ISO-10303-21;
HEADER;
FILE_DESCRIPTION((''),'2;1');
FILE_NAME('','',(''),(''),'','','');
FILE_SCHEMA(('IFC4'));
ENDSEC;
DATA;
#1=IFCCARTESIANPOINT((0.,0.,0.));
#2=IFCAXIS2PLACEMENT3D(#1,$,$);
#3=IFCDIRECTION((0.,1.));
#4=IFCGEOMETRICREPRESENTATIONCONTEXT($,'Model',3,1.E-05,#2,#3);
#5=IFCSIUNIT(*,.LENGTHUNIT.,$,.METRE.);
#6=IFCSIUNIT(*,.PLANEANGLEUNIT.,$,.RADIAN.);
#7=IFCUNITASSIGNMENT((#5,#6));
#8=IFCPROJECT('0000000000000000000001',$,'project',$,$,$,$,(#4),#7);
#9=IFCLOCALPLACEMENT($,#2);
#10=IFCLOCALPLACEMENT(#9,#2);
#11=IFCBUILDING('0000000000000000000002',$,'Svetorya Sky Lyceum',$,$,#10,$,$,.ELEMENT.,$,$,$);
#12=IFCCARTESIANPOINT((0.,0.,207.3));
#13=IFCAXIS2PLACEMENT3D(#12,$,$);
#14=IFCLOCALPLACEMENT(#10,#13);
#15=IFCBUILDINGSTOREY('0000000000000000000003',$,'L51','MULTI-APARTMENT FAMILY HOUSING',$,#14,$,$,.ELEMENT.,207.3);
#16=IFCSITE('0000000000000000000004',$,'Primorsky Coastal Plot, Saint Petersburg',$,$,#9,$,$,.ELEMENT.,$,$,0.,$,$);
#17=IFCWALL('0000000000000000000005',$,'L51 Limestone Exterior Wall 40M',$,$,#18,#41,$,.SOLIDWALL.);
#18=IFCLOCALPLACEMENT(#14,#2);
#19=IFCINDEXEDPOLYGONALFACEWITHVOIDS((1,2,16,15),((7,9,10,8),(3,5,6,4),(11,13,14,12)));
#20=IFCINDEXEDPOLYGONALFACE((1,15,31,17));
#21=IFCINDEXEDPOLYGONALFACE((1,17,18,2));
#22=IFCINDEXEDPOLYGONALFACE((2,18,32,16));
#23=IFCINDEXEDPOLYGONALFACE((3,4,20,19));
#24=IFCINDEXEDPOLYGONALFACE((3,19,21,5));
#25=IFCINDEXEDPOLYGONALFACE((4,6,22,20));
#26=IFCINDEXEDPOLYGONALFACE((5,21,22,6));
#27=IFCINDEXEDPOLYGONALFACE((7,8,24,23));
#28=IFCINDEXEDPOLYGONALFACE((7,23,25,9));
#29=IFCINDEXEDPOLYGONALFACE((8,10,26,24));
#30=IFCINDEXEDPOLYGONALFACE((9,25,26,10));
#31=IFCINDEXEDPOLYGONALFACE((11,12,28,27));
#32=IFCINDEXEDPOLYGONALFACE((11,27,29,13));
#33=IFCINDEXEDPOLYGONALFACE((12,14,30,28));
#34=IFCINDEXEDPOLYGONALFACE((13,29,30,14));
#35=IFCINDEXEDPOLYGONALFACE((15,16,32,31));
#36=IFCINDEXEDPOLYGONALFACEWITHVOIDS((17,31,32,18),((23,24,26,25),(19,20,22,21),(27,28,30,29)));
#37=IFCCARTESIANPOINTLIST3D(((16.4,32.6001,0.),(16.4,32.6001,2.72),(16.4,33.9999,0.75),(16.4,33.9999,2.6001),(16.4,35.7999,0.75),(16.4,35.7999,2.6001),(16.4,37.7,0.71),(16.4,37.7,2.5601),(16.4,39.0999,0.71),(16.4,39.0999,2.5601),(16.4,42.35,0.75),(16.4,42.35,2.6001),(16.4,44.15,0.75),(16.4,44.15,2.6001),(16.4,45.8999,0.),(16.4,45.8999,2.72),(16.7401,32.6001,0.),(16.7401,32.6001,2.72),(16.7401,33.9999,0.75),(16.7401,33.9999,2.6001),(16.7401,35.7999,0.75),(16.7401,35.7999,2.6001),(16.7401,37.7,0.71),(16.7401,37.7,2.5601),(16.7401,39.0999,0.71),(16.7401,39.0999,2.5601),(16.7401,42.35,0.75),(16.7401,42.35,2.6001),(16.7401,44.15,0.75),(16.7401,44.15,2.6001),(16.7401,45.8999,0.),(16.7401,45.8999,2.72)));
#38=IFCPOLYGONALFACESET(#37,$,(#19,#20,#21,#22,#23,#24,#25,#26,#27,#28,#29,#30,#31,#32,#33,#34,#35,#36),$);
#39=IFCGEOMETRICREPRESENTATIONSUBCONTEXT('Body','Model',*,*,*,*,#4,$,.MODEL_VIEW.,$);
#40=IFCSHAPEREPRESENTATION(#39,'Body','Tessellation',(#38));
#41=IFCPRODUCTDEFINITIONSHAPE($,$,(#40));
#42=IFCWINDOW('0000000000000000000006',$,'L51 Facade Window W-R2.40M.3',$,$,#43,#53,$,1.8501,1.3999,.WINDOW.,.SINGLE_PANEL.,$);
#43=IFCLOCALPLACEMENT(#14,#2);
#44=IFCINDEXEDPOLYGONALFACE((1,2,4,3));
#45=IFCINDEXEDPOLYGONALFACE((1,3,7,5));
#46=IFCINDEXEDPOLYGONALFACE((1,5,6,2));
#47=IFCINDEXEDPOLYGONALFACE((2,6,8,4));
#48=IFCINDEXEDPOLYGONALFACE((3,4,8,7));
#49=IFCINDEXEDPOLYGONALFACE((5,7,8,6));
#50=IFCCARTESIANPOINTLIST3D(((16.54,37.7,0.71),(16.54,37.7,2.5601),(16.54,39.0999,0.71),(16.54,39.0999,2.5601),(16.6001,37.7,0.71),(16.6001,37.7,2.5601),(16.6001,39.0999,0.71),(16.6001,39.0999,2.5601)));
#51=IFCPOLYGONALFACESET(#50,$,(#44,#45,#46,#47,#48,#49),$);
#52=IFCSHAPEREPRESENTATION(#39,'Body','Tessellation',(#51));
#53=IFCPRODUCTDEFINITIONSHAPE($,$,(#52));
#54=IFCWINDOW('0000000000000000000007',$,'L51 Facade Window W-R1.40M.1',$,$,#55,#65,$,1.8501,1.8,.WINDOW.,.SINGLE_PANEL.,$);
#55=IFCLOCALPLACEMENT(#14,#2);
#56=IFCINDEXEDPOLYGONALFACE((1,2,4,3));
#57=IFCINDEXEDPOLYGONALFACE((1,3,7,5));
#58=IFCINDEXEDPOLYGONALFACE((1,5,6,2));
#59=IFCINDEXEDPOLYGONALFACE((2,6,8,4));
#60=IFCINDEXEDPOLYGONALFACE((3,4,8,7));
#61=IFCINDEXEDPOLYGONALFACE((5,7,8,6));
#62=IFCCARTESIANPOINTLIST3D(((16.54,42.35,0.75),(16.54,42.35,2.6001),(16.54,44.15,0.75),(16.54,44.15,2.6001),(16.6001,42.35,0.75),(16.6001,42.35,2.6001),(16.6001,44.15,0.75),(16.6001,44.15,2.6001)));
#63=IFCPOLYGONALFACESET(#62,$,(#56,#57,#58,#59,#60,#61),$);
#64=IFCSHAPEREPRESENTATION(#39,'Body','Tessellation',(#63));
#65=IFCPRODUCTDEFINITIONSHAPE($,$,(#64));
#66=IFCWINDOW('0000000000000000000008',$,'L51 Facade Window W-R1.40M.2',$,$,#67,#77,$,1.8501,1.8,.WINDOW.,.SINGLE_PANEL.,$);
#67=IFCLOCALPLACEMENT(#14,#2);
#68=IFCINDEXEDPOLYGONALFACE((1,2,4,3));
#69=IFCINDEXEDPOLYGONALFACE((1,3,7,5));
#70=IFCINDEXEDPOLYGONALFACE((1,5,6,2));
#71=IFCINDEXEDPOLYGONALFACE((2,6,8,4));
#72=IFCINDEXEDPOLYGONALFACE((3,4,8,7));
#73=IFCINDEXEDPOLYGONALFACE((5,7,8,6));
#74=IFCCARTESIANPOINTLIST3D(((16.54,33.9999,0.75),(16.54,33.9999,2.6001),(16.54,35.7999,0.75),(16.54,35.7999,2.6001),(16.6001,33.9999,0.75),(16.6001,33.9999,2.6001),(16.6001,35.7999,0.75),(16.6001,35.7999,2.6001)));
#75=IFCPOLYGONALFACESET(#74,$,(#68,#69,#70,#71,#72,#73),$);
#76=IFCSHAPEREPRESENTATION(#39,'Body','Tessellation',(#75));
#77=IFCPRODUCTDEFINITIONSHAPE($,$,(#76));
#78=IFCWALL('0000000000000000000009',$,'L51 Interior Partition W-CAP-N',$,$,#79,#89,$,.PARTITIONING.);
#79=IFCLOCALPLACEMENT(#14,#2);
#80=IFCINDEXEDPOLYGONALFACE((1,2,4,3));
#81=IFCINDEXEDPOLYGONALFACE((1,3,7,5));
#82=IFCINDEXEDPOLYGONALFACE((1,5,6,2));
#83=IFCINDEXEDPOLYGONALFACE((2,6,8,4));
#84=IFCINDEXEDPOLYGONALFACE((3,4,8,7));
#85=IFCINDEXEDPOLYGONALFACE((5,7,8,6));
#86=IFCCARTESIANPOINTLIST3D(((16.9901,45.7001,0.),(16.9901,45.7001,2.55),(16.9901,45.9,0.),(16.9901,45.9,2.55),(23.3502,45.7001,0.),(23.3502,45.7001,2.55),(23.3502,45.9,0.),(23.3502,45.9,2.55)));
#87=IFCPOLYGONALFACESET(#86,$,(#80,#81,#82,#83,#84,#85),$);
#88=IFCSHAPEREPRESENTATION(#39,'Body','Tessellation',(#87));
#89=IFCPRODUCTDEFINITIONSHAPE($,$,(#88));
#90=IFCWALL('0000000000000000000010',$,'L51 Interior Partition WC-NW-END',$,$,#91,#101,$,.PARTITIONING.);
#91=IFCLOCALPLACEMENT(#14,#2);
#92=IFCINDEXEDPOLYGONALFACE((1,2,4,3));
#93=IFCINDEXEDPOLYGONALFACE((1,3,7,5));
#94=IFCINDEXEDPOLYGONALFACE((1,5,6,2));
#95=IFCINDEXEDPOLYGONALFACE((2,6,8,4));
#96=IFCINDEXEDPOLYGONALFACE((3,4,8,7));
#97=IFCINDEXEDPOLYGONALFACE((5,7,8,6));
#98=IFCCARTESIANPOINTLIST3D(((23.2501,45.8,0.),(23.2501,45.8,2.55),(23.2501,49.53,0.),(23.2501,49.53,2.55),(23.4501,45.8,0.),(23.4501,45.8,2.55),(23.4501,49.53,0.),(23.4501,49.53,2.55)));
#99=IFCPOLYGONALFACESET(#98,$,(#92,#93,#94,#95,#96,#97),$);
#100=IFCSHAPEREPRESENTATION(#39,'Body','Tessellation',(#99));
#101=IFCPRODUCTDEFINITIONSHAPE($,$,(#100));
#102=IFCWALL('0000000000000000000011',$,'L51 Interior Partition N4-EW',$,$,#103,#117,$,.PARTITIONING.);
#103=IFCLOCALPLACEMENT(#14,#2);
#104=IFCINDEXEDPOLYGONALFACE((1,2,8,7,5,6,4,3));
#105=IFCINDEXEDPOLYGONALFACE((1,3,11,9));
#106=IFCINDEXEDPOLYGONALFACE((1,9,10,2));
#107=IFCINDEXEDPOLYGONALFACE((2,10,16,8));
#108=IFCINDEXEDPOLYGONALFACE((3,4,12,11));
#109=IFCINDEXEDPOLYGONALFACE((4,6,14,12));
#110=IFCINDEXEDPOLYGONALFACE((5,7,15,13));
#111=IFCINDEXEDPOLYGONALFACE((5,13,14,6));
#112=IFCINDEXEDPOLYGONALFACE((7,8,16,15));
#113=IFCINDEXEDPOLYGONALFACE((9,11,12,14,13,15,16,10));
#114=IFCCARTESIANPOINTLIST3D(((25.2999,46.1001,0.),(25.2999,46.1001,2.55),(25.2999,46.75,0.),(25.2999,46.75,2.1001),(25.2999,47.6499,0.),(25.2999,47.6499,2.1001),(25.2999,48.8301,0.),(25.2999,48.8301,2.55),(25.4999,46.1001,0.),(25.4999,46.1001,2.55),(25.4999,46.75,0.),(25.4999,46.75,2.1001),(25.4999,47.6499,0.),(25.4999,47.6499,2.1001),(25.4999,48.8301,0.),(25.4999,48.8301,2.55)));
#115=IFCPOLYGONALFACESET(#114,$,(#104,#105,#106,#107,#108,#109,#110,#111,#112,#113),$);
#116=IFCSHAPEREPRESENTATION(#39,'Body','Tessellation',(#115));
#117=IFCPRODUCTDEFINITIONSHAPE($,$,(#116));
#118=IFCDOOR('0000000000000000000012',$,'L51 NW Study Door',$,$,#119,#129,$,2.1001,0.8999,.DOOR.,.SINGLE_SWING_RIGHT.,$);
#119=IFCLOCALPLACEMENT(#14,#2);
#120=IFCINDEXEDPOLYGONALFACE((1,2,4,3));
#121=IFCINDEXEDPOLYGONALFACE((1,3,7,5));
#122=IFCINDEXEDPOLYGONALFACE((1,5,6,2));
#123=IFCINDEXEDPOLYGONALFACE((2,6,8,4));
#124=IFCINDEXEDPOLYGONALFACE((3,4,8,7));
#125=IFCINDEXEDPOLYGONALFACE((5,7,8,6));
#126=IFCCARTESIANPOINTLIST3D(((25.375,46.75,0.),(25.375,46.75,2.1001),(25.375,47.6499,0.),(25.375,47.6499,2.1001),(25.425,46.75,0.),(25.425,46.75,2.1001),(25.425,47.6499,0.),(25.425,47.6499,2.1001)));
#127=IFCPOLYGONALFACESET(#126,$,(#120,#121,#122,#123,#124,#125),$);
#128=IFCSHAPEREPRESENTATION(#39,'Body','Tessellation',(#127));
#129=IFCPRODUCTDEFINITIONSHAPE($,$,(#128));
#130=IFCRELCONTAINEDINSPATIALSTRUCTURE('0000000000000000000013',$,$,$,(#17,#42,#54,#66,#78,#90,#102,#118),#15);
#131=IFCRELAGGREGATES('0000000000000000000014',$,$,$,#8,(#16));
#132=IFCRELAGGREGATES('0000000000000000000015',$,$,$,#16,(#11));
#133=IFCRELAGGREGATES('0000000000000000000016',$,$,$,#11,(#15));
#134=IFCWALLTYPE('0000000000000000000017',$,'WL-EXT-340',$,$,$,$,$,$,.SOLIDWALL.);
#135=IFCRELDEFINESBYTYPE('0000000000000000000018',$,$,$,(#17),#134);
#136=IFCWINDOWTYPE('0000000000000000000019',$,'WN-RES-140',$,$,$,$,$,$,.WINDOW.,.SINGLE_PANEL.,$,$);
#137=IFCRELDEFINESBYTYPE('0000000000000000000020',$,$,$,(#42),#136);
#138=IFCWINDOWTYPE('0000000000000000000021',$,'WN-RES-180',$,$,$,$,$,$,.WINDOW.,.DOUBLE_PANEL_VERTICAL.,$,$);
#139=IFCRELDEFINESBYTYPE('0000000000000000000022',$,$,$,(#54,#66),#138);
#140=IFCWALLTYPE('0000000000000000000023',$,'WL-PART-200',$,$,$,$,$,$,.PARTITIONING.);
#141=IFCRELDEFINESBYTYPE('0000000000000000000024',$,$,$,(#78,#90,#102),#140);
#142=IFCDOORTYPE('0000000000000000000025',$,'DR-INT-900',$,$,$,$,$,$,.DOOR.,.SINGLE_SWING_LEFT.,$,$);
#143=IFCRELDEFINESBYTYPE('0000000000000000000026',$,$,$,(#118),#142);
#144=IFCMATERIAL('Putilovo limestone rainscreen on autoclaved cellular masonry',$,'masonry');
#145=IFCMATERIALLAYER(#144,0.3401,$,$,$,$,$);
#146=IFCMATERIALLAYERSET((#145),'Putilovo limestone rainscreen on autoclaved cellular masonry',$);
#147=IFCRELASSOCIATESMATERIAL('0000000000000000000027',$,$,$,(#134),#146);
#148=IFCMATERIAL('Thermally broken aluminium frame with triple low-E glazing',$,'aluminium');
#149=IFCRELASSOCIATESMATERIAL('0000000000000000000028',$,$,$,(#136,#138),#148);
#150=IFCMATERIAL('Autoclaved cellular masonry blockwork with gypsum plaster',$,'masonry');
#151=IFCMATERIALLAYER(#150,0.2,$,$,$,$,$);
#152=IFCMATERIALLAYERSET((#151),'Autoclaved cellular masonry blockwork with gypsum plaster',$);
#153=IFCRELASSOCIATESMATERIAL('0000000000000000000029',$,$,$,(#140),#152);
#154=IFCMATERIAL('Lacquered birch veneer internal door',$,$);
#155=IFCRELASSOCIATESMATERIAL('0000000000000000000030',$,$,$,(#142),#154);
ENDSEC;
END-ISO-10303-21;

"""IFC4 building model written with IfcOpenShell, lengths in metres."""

from ifc_helpers import new_model, si_unit, direction, frame, frame_2d, origin, place, context, subcontext, project, spatial, rectangle, extrude, material, layer, layer_set, type_object, element, fill, save


model = new_model("IFC4")

# Units and contexts
model_context = context("Model", 3, precision=1e-05, world=origin(), true_north=direction((0.0, 1.0)))
body_context = subcontext(model_context, "Body", "Model", "MODEL_VIEW")
ifc_project = project(units=[si_unit("LENGTHUNIT", "METRE"), si_unit("PLANEANGLEUNIT", "RADIAN")], contexts=[model_context])

# Site, building, storey
site_placement = place(None, origin())
site = spatial("IfcSite", under=ifc_project, at=site_placement, Name="Primorsky Coastal Plot, Saint Petersburg", CompositionType="ELEMENT", RefElevation=0.0)
building_placement = place(site_placement, origin())
building = spatial("IfcBuilding", under=site, at=building_placement, Name="Svetorya Sky Lyceum", CompositionType="ELEMENT")
storey_placement = place(building_placement, frame((0.0, 0.0, 207.3)))
storey = spatial("IfcBuildingStorey", under=building, at=storey_placement, Name="L51", Description="MULTI-APARTMENT FAMILY HOUSING", CompositionType="ELEMENT", Elevation=207.3)

# Shared definitions
ifc_material_1 = material(Name="Putilovo limestone rainscreen on autoclaved cellular masonry", Category="masonry")
ifc_layer_1 = layer(ifc_material_1, 0.3401)
ifc_layer_set_1 = layer_set([ifc_layer_1], Name="Putilovo limestone rainscreen on autoclaved cellular masonry")
wall_type_1 = type_object("IfcWallType", Name="WL-EXT-340", PredefinedType="SOLIDWALL", material=ifc_layer_set_1)

# Wall, openings, windows
wall_1_placement = place(storey_placement, frame((16.5701, 45.8999, 0.0), z_axis=(0.0, 0.0, 1.0), x_axis=(0.0, -1.0, 0.0)))
wall_1 = element("IfcWall", 1, at=wall_1_placement, inside=storey, type_object=wall_type_1, Name="L51 Limestone Exterior Wall 40M", PredefinedType="SOLIDWALL", context=body_context, shape_type="SweptSolid", body=[
    extrude(rectangle(XDim=13.2998, YDim=0.3401, at=frame_2d((6.6499, 0.0))), origin(), (0.0, 0.0, 1.0), 2.72),
])
opening_1_placement = place(wall_1_placement, frame((1.75, 0.0, 0.75)))
opening_1 = element("IfcOpeningElement", 2, at=opening_1_placement, cuts=wall_1, PredefinedType="OPENING", context=body_context, shape_type="SweptSolid", body=[
    extrude(rectangle(XDim=1.8, YDim=1.8501, at=frame_2d((0.8999, 0.925))), frame((0.0, 0.1799, 0.0), z_axis=(0.0, -1.0, 0.0), x_axis=(1.0, 0.0, 0.0)), (0.0, 0.0, 1.0), 0.3601),
])
opening_2_placement = place(wall_1_placement, frame((6.8, 0.0, 0.71)))
opening_2 = element("IfcOpeningElement", 3, at=opening_2_placement, cuts=wall_1, PredefinedType="OPENING", context=body_context, shape_type="SweptSolid", body=[
    extrude(rectangle(XDim=1.3999, YDim=1.8501, at=frame_2d((0.7, 0.925))), frame((0.0, 0.1799, 0.0), z_axis=(0.0, -1.0, 0.0), x_axis=(1.0, 0.0, 0.0)), (0.0, 0.0, 1.0), 0.3601),
])
opening_3_placement = place(wall_1_placement, frame((10.1001, 0.0, 0.75)))
opening_3 = element("IfcOpeningElement", 4, at=opening_3_placement, cuts=wall_1, PredefinedType="OPENING", context=body_context, shape_type="SweptSolid", body=[
    extrude(rectangle(XDim=1.8, YDim=1.8501, at=frame_2d((0.8999, 0.925))), frame((0.0, 0.1799, 0.0), z_axis=(0.0, -1.0, 0.0), x_axis=(1.0, 0.0, 0.0)), (0.0, 0.0, 1.0), 0.3601),
])
ifc_material_2 = material(Name="Thermally broken aluminium frame with triple low-E glazing", Category="aluminium")
window_type_1 = type_object("IfcWindowType", Name="WN-RES-140", PartitioningType="SINGLE_PANEL", PredefinedType="WINDOW", material=ifc_material_2)
window_1_placement = place(opening_2_placement, origin())
window_1 = element("IfcWindow", 5, at=window_1_placement, inside=storey, type_object=window_type_1, Name="L51 Facade Window W-R2.40M.3", OverallHeight=1.8501, OverallWidth=1.3999, PartitioningType="SINGLE_PANEL", PredefinedType="WINDOW", context=body_context, shape_type="SweptSolid", body=[
    extrude(rectangle(XDim=1.3999, YDim=1.8501, at=frame_2d((0.7, 0.925))), frame((0.0, 0.03, 0.0), z_axis=(0.0, -1.0, 0.0), x_axis=(1.0, 0.0, 0.0)), (0.0, 0.0, 1.0), 0.0601),
])
fill(opening_2, window_1)
window_type_2 = type_object("IfcWindowType", Name="WN-RES-180", PartitioningType="DOUBLE_PANEL_VERTICAL", PredefinedType="WINDOW", material=ifc_material_2)
window_2_placement = place(opening_1_placement, origin())
window_2 = element("IfcWindow", 6, at=window_2_placement, inside=storey, type_object=window_type_2, Name="L51 Facade Window W-R1.40M.1", OverallHeight=1.8501, OverallWidth=1.8, PartitioningType="SINGLE_PANEL", PredefinedType="WINDOW", context=body_context, shape_type="SweptSolid", body=[
    extrude(rectangle(XDim=1.8, YDim=1.8501, at=frame_2d((0.8999, 0.925))), frame((0.0, 0.03, 0.0), z_axis=(0.0, -1.0, 0.0), x_axis=(1.0, 0.0, 0.0)), (0.0, 0.0, 1.0), 0.0601),
])
fill(opening_1, window_2)
window_3_placement = place(opening_3_placement, origin())
window_3 = element("IfcWindow", 7, at=window_3_placement, inside=storey, type_object=window_type_2, Name="L51 Facade Window W-R1.40M.2", OverallHeight=1.8501, OverallWidth=1.8, PartitioningType="SINGLE_PANEL", PredefinedType="WINDOW", context=body_context, shape_type="SweptSolid", body=[
    extrude(rectangle(XDim=1.8, YDim=1.8501, at=frame_2d((0.8999, 0.925))), frame((0.0, 0.03, 0.0), z_axis=(0.0, -1.0, 0.0), x_axis=(1.0, 0.0, 0.0)), (0.0, 0.0, 1.0), 0.0601),
])
fill(opening_3, window_3)

# Walls
ifc_material_3 = material(Name="Autoclaved cellular masonry blockwork with gypsum plaster", Category="masonry")
ifc_layer_2 = layer(ifc_material_3, 0.2)
ifc_layer_set_2 = layer_set([ifc_layer_2], Name="Autoclaved cellular masonry blockwork with gypsum plaster")
wall_type_2 = type_object("IfcWallType", Name="WL-PART-200", PredefinedType="PARTITIONING", material=ifc_layer_set_2)
wall_2_placement = place(storey_placement, frame((16.99, 45.8, 0.0), z_axis=(0.0, 0.0, 1.0), x_axis=(1.0, 0.0, 0.0)))
element("IfcWall", 8, at=wall_2_placement, inside=storey, type_object=wall_type_2, Name="L51 Interior Partition W-CAP-N", PredefinedType="PARTITIONING", context=body_context, shape_type="SweptSolid", body=[
    extrude(rectangle(XDim=6.3601, YDim=0.2, at=frame_2d((3.1802, 0.0))), origin(), (0.0, 0.0, 1.0), 2.55),
])
wall_3_placement = place(storey_placement, frame((23.3501, 45.8, 0.0), z_axis=(0.0, 0.0, 1.0), x_axis=(0.0, 1.0, 0.0)))
element("IfcWall", 9, at=wall_3_placement, inside=storey, type_object=wall_type_2, Name="L51 Interior Partition WC-NW-END", PredefinedType="PARTITIONING", context=body_context, shape_type="SweptSolid", body=[
    extrude(rectangle(XDim=3.73, YDim=0.2, at=frame_2d((1.865, 0.0))), origin(), (0.0, 0.0, 1.0), 2.55),
])

# Wall, opening, door
wall_4_placement = place(storey_placement, frame((25.3999, 46.1001, 0.0), z_axis=(0.0, 0.0, 1.0), x_axis=(0.0, 1.0, 0.0)))
wall_4 = element("IfcWall", 10, at=wall_4_placement, inside=storey, type_object=wall_type_2, Name="L51 Interior Partition N4-EW", PredefinedType="PARTITIONING", context=body_context, shape_type="SweptSolid", body=[
    extrude(rectangle(XDim=2.73, YDim=0.2, at=frame_2d((1.365, 0.0))), origin(), (0.0, 0.0, 1.0), 2.55),
])
opening_4_placement = place(wall_4_placement, frame((0.6499, 0.0, 0.0)))
opening_4 = element("IfcOpeningElement", 11, at=opening_4_placement, cuts=wall_4, PredefinedType="OPENING", context=body_context, shape_type="SweptSolid", body=[
    extrude(rectangle(XDim=0.8999, YDim=2.1001, at=frame_2d((0.45, 1.05))), frame((0.0, 0.1099, 0.0), z_axis=(0.0, -1.0, 0.0), x_axis=(1.0, 0.0, 0.0)), (0.0, 0.0, 1.0), 0.22),
])
ifc_material_4 = material(Name="Lacquered birch veneer internal door")
door_type = type_object("IfcDoorType", Name="DR-INT-900", OperationType="SINGLE_SWING_LEFT", PredefinedType="DOOR", material=ifc_material_4)
door_placement = place(opening_4_placement, origin())
door = element("IfcDoor", 12, at=door_placement, inside=storey, type_object=door_type, Name="L51 NW Study Door", OperationType="SINGLE_SWING_RIGHT", OverallHeight=2.1001, OverallWidth=0.8999, PredefinedType="DOOR", context=body_context, shape_type="SweptSolid", body=[
    extrude(rectangle(XDim=0.8999, YDim=2.1001, at=frame_2d((0.45, 1.05))), frame((0.0, 0.0249, 0.0), z_axis=(0.0, -1.0, 0.0), x_axis=(1.0, 0.0, 0.0)), (0.0, 0.0, 1.0), 0.05),
])
fill(opening_4, door)

save(model, "model.ifc")
